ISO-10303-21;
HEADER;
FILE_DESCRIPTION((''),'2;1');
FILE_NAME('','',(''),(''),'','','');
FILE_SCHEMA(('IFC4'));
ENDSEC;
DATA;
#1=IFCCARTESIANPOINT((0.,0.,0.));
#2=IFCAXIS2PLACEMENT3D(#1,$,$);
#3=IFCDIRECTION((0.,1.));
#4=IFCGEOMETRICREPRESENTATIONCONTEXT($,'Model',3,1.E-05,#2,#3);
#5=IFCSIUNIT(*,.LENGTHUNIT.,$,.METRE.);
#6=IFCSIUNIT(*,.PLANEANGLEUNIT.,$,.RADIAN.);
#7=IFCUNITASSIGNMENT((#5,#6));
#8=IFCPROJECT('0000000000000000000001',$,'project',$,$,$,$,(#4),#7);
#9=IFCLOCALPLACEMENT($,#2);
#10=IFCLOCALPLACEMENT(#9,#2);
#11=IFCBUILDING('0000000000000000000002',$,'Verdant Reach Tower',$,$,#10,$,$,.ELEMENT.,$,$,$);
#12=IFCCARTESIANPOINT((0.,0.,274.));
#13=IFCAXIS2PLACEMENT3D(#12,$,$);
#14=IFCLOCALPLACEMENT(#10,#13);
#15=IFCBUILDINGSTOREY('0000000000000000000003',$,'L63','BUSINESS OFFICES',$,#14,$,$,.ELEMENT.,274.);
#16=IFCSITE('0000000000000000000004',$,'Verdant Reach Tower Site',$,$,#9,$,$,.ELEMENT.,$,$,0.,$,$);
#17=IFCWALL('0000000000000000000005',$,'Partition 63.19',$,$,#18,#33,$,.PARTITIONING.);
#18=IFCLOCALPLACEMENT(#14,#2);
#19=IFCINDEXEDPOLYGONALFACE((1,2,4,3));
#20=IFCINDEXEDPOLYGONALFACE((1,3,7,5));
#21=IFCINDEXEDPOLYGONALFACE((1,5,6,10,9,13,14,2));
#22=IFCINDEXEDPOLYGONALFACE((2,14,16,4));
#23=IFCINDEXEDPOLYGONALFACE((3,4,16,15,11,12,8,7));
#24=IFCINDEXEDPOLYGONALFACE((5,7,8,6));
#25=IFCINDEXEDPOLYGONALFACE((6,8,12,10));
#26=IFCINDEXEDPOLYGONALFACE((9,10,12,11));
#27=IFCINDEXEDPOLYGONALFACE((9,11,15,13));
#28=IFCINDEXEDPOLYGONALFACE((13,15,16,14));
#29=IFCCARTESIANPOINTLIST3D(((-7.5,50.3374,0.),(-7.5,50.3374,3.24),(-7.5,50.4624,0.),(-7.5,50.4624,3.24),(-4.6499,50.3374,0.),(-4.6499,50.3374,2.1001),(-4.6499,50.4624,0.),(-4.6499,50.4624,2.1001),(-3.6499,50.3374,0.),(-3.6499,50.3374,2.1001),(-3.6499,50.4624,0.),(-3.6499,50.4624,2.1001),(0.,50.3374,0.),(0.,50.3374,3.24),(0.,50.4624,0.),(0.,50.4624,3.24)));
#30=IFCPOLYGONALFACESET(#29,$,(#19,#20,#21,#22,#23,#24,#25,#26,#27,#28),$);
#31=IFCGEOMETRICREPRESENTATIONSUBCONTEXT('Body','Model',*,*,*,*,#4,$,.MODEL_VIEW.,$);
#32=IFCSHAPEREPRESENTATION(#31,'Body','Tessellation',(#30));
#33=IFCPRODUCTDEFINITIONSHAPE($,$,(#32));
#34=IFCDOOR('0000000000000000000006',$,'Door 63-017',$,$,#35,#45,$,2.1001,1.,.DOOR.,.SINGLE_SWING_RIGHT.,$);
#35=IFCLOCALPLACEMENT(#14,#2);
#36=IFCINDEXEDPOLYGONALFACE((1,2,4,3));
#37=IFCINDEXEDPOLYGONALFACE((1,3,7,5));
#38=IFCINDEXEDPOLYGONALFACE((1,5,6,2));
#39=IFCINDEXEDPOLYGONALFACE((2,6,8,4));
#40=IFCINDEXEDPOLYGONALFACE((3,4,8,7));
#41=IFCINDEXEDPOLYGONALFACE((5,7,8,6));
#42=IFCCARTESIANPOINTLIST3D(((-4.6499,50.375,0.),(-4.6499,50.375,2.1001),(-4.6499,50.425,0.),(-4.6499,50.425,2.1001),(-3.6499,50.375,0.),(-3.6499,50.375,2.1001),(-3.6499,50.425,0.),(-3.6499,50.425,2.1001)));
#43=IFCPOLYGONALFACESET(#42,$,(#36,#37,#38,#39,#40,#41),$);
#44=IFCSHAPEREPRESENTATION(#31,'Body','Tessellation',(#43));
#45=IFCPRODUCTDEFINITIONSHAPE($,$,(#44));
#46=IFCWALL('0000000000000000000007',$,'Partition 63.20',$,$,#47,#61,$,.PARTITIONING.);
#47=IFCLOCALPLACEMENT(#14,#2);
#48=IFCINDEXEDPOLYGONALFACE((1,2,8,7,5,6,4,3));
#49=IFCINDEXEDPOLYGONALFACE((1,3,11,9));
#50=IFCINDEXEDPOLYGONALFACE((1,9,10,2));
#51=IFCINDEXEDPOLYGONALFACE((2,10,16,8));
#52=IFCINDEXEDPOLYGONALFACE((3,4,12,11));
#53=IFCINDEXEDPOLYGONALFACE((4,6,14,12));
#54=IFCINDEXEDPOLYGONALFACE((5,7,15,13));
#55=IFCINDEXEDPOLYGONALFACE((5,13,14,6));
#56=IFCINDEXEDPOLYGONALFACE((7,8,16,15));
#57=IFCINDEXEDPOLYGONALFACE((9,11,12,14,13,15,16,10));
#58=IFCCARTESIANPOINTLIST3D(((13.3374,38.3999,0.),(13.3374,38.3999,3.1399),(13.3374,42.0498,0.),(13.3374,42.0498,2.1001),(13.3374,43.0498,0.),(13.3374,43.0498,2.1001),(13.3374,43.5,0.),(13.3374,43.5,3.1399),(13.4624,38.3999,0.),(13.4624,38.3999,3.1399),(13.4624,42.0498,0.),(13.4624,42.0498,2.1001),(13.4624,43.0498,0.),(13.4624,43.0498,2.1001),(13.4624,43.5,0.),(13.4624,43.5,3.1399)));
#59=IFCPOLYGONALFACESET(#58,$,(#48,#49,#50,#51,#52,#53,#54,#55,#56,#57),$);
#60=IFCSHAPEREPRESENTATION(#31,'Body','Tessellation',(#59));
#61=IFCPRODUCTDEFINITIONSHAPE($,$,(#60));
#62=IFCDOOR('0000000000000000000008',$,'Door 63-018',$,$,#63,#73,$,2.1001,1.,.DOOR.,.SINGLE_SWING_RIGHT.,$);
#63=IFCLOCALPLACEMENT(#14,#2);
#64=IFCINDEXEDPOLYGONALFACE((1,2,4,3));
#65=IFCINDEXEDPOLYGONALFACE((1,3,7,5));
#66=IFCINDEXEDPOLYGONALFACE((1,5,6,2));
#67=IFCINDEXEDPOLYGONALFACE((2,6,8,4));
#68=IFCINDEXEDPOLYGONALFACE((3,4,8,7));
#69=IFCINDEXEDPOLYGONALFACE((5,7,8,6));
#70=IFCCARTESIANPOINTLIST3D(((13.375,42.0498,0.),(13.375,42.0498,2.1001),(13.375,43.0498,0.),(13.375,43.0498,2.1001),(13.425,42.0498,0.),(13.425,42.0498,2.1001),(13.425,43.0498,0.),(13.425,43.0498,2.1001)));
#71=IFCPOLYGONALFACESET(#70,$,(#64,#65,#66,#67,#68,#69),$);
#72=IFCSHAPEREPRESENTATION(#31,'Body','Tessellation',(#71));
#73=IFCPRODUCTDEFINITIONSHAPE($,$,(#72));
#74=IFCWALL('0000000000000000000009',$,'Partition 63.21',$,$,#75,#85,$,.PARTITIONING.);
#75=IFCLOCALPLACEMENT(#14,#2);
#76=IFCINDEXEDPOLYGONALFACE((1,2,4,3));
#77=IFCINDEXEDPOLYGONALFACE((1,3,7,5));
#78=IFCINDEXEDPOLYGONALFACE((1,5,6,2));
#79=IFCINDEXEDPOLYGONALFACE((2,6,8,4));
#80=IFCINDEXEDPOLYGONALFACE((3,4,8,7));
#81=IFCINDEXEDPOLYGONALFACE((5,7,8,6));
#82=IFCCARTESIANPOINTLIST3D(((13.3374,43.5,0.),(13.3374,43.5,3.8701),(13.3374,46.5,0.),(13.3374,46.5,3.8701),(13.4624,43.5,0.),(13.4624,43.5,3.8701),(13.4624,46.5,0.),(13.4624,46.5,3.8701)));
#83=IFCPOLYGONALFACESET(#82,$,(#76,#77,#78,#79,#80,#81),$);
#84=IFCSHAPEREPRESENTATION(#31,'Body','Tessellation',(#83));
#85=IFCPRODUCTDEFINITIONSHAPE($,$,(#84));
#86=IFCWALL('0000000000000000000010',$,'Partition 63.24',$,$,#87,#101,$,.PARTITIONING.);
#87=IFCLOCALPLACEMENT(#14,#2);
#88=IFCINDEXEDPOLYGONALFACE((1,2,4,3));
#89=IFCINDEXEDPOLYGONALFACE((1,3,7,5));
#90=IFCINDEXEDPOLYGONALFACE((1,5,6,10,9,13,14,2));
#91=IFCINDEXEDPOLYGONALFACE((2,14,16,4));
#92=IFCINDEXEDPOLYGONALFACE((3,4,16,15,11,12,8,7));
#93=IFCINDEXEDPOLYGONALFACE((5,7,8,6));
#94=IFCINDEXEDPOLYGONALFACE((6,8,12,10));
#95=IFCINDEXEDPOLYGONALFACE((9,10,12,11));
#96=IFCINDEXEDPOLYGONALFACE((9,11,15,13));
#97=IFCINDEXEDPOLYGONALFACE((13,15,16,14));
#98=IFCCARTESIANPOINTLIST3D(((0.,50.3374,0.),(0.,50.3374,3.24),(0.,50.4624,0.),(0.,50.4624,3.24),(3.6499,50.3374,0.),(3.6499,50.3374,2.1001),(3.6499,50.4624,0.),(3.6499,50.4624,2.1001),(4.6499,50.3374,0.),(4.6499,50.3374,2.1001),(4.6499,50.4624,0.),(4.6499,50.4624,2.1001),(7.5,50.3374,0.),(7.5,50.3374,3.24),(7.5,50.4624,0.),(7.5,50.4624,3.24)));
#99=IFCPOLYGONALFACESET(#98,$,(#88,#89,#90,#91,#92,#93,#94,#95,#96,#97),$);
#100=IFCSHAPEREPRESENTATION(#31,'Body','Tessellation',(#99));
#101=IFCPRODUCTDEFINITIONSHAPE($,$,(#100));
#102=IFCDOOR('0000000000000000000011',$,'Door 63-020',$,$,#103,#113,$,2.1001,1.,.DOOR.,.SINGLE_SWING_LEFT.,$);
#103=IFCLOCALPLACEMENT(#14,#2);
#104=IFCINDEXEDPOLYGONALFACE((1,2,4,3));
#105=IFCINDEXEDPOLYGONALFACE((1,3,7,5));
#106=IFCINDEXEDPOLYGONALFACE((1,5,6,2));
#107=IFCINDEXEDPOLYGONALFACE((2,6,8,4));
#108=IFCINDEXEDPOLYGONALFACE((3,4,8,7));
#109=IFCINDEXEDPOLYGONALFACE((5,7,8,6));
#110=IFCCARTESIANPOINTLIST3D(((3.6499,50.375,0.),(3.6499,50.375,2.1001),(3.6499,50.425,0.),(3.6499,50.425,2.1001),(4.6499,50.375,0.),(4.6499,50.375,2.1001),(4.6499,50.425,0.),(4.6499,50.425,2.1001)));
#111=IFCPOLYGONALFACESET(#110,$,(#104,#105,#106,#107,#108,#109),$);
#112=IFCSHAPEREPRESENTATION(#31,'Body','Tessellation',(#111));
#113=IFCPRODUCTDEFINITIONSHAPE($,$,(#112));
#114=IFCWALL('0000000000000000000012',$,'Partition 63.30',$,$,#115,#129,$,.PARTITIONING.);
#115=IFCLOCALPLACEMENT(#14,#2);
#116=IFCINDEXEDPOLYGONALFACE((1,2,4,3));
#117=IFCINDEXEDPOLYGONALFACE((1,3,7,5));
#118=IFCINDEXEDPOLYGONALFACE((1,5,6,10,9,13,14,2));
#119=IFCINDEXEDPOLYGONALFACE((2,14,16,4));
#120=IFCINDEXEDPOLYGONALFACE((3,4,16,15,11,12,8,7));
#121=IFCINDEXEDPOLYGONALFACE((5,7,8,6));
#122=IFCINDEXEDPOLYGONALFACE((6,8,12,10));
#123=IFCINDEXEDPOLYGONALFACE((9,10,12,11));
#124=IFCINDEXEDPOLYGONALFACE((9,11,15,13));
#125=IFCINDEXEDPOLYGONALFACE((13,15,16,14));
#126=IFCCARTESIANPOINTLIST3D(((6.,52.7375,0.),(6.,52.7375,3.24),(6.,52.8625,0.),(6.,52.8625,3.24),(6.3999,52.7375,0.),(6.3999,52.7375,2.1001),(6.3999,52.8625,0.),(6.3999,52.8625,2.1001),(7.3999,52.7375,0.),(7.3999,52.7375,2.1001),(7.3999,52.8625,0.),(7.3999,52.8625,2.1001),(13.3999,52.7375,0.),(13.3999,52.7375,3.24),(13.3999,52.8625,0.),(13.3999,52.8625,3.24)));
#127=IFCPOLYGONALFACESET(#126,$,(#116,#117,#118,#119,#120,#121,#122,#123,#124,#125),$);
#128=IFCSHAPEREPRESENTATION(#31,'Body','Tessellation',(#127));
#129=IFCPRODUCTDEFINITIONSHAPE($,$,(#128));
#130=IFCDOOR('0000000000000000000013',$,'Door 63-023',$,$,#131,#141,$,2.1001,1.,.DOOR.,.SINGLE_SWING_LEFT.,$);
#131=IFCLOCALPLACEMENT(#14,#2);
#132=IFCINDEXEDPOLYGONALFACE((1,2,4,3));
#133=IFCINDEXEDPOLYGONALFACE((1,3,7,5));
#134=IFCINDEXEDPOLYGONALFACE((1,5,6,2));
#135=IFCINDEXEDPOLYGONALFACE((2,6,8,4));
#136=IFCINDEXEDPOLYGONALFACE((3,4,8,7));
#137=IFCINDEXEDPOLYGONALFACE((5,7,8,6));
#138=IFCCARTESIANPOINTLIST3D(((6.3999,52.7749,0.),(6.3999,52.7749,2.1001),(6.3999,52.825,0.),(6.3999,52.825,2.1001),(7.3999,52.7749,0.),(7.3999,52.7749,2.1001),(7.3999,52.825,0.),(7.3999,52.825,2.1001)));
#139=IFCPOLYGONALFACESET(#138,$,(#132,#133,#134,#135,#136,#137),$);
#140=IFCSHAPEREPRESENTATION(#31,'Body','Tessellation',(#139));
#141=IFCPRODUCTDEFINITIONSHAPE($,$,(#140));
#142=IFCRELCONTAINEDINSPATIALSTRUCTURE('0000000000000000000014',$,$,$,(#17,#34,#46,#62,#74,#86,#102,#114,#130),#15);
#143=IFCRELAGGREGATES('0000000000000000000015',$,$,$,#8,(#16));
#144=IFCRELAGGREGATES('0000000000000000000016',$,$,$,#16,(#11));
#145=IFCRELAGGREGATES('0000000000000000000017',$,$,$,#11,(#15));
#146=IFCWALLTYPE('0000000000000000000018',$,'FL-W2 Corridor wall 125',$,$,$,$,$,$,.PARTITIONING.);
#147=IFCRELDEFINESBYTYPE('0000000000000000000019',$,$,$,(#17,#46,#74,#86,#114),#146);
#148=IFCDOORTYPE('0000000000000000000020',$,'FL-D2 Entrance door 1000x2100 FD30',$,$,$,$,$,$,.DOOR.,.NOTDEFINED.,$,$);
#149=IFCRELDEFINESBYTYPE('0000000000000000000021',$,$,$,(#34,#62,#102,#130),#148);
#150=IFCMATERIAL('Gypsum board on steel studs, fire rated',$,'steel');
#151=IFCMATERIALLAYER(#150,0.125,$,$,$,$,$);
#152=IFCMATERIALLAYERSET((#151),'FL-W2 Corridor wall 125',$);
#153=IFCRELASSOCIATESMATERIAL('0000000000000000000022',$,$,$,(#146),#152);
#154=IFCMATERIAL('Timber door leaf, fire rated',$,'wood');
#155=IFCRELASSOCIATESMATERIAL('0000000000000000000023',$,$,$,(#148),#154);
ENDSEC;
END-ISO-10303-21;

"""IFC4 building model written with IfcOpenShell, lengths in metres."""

from ifc_helpers import new_model, si_unit, direction, frame, frame_2d, origin, place, context, subcontext, project, spatial, rectangle, extrude, material, layer, layer_set, type_object, element, fill, save


model = new_model("IFC4")

# Units and contexts
model_context = context("Model", 3, precision=1e-05, world=origin(), true_north=direction((0.0, 1.0)))
body_context = subcontext(model_context, "Body", "Model", "MODEL_VIEW")
ifc_project = project(units=[si_unit("LENGTHUNIT", "METRE"), si_unit("PLANEANGLEUNIT", "RADIAN")], contexts=[model_context])

# Site, building, storey
site_placement = place(None, origin())
site = spatial("IfcSite", under=ifc_project, at=site_placement, Name="Verdant Reach Tower Site", CompositionType="ELEMENT", RefElevation=0.0)
building_placement = place(site_placement, origin())
building = spatial("IfcBuilding", under=site, at=building_placement, Name="Verdant Reach Tower", CompositionType="ELEMENT")
storey_placement = place(building_placement, frame((0.0, 0.0, 274.0)))
storey = spatial("IfcBuildingStorey", under=building, at=storey_placement, Name="L63", Description="BUSINESS OFFICES", CompositionType="ELEMENT", Elevation=274.0)

# Walls, openings, doors
ifc_material_1 = material(Name="Gypsum board on steel studs, fire rated", Category="steel")
ifc_layer_1 = layer(ifc_material_1, 0.125)
ifc_layer_set_1 = layer_set([ifc_layer_1], Name="FL-W2 Corridor wall 125")
wall_type_1 = type_object("IfcWallType", Name="FL-W2 Corridor wall 125", PredefinedType="PARTITIONING", material=ifc_layer_set_1)
wall_1_placement = place(storey_placement, frame((0.0, 50.3999, 0.0), z_axis=(0.0, 0.0, 1.0), x_axis=(-1.0, 0.0, 0.0)))
wall_1 = element("IfcWall", 1, at=wall_1_placement, inside=storey, type_object=wall_type_1, Name="Partition 63.19", PredefinedType="PARTITIONING", context=body_context, shape_type="SweptSolid", body=[
    extrude(rectangle(XDim=7.5, YDim=0.125, at=frame_2d((3.75, 0.0))), origin(), (0.0, 0.0, 1.0), 3.24),
])
opening_1_placement = place(wall_1_placement, frame((3.6499, 0.0, 0.0)))
opening_1 = element("IfcOpeningElement", 2, at=opening_1_placement, cuts=wall_1, PredefinedType="OPENING", context=body_context, shape_type="SweptSolid", body=[
    extrude(rectangle(XDim=1.0, YDim=2.1001, at=frame_2d((0.5, 1.05))), frame((0.0, 0.0725, 0.0), z_axis=(0.0, -1.0, 0.0), x_axis=(1.0, 0.0, 0.0)), (0.0, 0.0, 1.0), 0.145),
])
ifc_material_2 = material(Name="Timber door leaf, fire rated", Category="wood")
door_type_1 = type_object("IfcDoorType", Name="FL-D2 Entrance door 1000x2100 FD30", OperationType="NOTDEFINED", PredefinedType="DOOR", material=ifc_material_2)
door_1_placement = place(opening_1_placement, origin())
door_1 = element("IfcDoor", 3, at=door_1_placement, inside=storey, type_object=door_type_1, Name="Door 63-017", OperationType="SINGLE_SWING_RIGHT", OverallHeight=2.1001, OverallWidth=1.0, PredefinedType="DOOR", context=body_context, shape_type="SweptSolid", body=[
    extrude(rectangle(XDim=1.0, YDim=2.1001, at=frame_2d((0.5, 1.05))), frame((0.0, 0.0249, 0.0), z_axis=(0.0, -1.0, 0.0), x_axis=(1.0, 0.0, 0.0)), (0.0, 0.0, 1.0), 0.05),
])
fill(opening_1, door_1)
wall_2_placement = place(storey_placement, frame((13.3999, 38.3999, 0.0), z_axis=(0.0, 0.0, 1.0), x_axis=(0.0, 1.0, 0.0)))
wall_2 = element("IfcWall", 4, at=wall_2_placement, inside=storey, type_object=wall_type_1, Name="Partition 63.20", PredefinedType="PARTITIONING", context=body_context, shape_type="SweptSolid", body=[
    extrude(rectangle(XDim=5.1001, YDim=0.125, at=frame_2d((2.55, 0.0))), origin(), (0.0, 0.0, 1.0), 3.1399),
])
opening_2_placement = place(wall_2_placement, frame((3.6499, 0.0, 0.0)))
opening_2 = element("IfcOpeningElement", 5, at=opening_2_placement, cuts=wall_2, PredefinedType="OPENING", context=body_context, shape_type="SweptSolid", body=[
    extrude(rectangle(XDim=1.0, YDim=2.1001, at=frame_2d((0.5, 1.05))), frame((0.0, 0.0725, 0.0), z_axis=(0.0, -1.0, 0.0), x_axis=(1.0, 0.0, 0.0)), (0.0, 0.0, 1.0), 0.145),
])
door_2_placement = place(opening_2_placement, origin())
door_2 = element("IfcDoor", 6, at=door_2_placement, inside=storey, type_object=door_type_1, Name="Door 63-018", OperationType="SINGLE_SWING_RIGHT", OverallHeight=2.1001, OverallWidth=1.0, PredefinedType="DOOR", context=body_context, shape_type="SweptSolid", body=[
    extrude(rectangle(XDim=1.0, YDim=2.1001, at=frame_2d((0.5, 1.05))), frame((0.0, 0.0249, 0.0), z_axis=(0.0, -1.0, 0.0), x_axis=(1.0, 0.0, 0.0)), (0.0, 0.0, 1.0), 0.05),
])
fill(opening_2, door_2)

# Wall
wall_3_placement = place(storey_placement, frame((13.3999, 43.5, 0.0), z_axis=(0.0, 0.0, 1.0), x_axis=(0.0, 1.0, 0.0)))
element("IfcWall", 7, at=wall_3_placement, inside=storey, type_object=wall_type_1, Name="Partition 63.21", PredefinedType="PARTITIONING", context=body_context, shape_type="SweptSolid", body=[
    extrude(rectangle(XDim=3.0, YDim=0.125, at=frame_2d((1.5, 0.0))), origin(), (0.0, 0.0, 1.0), 3.8701),
])

# Walls, openings, doors
wall_4_placement = place(storey_placement, frame((7.5, 50.3999, 0.0), z_axis=(0.0, 0.0, 1.0), x_axis=(-1.0, 0.0, 0.0)))
wall_4 = element("IfcWall", 8, at=wall_4_placement, inside=storey, type_object=wall_type_1, Name="Partition 63.24", PredefinedType="PARTITIONING", context=body_context, shape_type="SweptSolid", body=[
    extrude(rectangle(XDim=7.5, YDim=0.125, at=frame_2d((3.75, 0.0))), origin(), (0.0, 0.0, 1.0), 3.24),
])
opening_3_placement = place(wall_4_placement, frame((2.8501, 0.0, 0.0)))
opening_3 = element("IfcOpeningElement", 9, at=opening_3_placement, cuts=wall_4, PredefinedType="OPENING", context=body_context, shape_type="SweptSolid", body=[
    extrude(rectangle(XDim=1.0, YDim=2.1001, at=frame_2d((0.5, 1.05))), frame((0.0, 0.0725, 0.0), z_axis=(0.0, -1.0, 0.0), x_axis=(1.0, 0.0, 0.0)), (0.0, 0.0, 1.0), 0.145),
])
door_3_placement = place(opening_3_placement, origin())
door_3 = element("IfcDoor", 10, at=door_3_placement, inside=storey, type_object=door_type_1, Name="Door 63-020", OperationType="SINGLE_SWING_LEFT", OverallHeight=2.1001, OverallWidth=1.0, PredefinedType="DOOR", context=body_context, shape_type="SweptSolid", body=[
    extrude(rectangle(XDim=1.0, YDim=2.1001, at=frame_2d((0.5, 1.05))), frame((0.0, 0.0249, 0.0), z_axis=(0.0, -1.0, 0.0), x_axis=(1.0, 0.0, 0.0)), (0.0, 0.0, 1.0), 0.05),
])
fill(opening_3, door_3)
wall_5_placement = place(storey_placement, frame((6.0, 52.8, 0.0), z_axis=(0.0, 0.0, 1.0), x_axis=(1.0, 0.0, 0.0)))
wall_5 = element("IfcWall", 11, at=wall_5_placement, inside=storey, type_object=wall_type_1, Name="Partition 63.30", PredefinedType="PARTITIONING", context=body_context, shape_type="SweptSolid", body=[
    extrude(rectangle(XDim=7.3999, YDim=0.125, at=frame_2d((3.7, 0.0))), origin(), (0.0, 0.0, 1.0), 3.24),
])
opening_4_placement = place(wall_5_placement, frame((0.3999, 0.0, 0.0)))
opening_4 = element("IfcOpeningElement", 12, at=opening_4_placement, cuts=wall_5, PredefinedType="OPENING", context=body_context, shape_type="SweptSolid", body=[
    extrude(rectangle(XDim=1.0, YDim=2.1001, at=frame_2d((0.5, 1.05))), frame((0.0, 0.0725, 0.0), z_axis=(0.0, -1.0, 0.0), x_axis=(1.0, 0.0, 0.0)), (0.0, 0.0, 1.0), 0.145),
])
door_4_placement = place(opening_4_placement, origin())
door_4 = element("IfcDoor", 13, at=door_4_placement, inside=storey, type_object=door_type_1, Name="Door 63-023", OperationType="SINGLE_SWING_LEFT", OverallHeight=2.1001, OverallWidth=1.0, PredefinedType="DOOR", context=body_context, shape_type="SweptSolid", body=[
    extrude(rectangle(XDim=1.0, YDim=2.1001, at=frame_2d((0.5, 1.05))), frame((0.0, 0.0249, 0.0), z_axis=(0.0, -1.0, 0.0), x_axis=(1.0, 0.0, 0.0)), (0.0, 0.0, 1.0), 0.05),
])
fill(opening_4, door_4)

save(model, "model.ifc")
